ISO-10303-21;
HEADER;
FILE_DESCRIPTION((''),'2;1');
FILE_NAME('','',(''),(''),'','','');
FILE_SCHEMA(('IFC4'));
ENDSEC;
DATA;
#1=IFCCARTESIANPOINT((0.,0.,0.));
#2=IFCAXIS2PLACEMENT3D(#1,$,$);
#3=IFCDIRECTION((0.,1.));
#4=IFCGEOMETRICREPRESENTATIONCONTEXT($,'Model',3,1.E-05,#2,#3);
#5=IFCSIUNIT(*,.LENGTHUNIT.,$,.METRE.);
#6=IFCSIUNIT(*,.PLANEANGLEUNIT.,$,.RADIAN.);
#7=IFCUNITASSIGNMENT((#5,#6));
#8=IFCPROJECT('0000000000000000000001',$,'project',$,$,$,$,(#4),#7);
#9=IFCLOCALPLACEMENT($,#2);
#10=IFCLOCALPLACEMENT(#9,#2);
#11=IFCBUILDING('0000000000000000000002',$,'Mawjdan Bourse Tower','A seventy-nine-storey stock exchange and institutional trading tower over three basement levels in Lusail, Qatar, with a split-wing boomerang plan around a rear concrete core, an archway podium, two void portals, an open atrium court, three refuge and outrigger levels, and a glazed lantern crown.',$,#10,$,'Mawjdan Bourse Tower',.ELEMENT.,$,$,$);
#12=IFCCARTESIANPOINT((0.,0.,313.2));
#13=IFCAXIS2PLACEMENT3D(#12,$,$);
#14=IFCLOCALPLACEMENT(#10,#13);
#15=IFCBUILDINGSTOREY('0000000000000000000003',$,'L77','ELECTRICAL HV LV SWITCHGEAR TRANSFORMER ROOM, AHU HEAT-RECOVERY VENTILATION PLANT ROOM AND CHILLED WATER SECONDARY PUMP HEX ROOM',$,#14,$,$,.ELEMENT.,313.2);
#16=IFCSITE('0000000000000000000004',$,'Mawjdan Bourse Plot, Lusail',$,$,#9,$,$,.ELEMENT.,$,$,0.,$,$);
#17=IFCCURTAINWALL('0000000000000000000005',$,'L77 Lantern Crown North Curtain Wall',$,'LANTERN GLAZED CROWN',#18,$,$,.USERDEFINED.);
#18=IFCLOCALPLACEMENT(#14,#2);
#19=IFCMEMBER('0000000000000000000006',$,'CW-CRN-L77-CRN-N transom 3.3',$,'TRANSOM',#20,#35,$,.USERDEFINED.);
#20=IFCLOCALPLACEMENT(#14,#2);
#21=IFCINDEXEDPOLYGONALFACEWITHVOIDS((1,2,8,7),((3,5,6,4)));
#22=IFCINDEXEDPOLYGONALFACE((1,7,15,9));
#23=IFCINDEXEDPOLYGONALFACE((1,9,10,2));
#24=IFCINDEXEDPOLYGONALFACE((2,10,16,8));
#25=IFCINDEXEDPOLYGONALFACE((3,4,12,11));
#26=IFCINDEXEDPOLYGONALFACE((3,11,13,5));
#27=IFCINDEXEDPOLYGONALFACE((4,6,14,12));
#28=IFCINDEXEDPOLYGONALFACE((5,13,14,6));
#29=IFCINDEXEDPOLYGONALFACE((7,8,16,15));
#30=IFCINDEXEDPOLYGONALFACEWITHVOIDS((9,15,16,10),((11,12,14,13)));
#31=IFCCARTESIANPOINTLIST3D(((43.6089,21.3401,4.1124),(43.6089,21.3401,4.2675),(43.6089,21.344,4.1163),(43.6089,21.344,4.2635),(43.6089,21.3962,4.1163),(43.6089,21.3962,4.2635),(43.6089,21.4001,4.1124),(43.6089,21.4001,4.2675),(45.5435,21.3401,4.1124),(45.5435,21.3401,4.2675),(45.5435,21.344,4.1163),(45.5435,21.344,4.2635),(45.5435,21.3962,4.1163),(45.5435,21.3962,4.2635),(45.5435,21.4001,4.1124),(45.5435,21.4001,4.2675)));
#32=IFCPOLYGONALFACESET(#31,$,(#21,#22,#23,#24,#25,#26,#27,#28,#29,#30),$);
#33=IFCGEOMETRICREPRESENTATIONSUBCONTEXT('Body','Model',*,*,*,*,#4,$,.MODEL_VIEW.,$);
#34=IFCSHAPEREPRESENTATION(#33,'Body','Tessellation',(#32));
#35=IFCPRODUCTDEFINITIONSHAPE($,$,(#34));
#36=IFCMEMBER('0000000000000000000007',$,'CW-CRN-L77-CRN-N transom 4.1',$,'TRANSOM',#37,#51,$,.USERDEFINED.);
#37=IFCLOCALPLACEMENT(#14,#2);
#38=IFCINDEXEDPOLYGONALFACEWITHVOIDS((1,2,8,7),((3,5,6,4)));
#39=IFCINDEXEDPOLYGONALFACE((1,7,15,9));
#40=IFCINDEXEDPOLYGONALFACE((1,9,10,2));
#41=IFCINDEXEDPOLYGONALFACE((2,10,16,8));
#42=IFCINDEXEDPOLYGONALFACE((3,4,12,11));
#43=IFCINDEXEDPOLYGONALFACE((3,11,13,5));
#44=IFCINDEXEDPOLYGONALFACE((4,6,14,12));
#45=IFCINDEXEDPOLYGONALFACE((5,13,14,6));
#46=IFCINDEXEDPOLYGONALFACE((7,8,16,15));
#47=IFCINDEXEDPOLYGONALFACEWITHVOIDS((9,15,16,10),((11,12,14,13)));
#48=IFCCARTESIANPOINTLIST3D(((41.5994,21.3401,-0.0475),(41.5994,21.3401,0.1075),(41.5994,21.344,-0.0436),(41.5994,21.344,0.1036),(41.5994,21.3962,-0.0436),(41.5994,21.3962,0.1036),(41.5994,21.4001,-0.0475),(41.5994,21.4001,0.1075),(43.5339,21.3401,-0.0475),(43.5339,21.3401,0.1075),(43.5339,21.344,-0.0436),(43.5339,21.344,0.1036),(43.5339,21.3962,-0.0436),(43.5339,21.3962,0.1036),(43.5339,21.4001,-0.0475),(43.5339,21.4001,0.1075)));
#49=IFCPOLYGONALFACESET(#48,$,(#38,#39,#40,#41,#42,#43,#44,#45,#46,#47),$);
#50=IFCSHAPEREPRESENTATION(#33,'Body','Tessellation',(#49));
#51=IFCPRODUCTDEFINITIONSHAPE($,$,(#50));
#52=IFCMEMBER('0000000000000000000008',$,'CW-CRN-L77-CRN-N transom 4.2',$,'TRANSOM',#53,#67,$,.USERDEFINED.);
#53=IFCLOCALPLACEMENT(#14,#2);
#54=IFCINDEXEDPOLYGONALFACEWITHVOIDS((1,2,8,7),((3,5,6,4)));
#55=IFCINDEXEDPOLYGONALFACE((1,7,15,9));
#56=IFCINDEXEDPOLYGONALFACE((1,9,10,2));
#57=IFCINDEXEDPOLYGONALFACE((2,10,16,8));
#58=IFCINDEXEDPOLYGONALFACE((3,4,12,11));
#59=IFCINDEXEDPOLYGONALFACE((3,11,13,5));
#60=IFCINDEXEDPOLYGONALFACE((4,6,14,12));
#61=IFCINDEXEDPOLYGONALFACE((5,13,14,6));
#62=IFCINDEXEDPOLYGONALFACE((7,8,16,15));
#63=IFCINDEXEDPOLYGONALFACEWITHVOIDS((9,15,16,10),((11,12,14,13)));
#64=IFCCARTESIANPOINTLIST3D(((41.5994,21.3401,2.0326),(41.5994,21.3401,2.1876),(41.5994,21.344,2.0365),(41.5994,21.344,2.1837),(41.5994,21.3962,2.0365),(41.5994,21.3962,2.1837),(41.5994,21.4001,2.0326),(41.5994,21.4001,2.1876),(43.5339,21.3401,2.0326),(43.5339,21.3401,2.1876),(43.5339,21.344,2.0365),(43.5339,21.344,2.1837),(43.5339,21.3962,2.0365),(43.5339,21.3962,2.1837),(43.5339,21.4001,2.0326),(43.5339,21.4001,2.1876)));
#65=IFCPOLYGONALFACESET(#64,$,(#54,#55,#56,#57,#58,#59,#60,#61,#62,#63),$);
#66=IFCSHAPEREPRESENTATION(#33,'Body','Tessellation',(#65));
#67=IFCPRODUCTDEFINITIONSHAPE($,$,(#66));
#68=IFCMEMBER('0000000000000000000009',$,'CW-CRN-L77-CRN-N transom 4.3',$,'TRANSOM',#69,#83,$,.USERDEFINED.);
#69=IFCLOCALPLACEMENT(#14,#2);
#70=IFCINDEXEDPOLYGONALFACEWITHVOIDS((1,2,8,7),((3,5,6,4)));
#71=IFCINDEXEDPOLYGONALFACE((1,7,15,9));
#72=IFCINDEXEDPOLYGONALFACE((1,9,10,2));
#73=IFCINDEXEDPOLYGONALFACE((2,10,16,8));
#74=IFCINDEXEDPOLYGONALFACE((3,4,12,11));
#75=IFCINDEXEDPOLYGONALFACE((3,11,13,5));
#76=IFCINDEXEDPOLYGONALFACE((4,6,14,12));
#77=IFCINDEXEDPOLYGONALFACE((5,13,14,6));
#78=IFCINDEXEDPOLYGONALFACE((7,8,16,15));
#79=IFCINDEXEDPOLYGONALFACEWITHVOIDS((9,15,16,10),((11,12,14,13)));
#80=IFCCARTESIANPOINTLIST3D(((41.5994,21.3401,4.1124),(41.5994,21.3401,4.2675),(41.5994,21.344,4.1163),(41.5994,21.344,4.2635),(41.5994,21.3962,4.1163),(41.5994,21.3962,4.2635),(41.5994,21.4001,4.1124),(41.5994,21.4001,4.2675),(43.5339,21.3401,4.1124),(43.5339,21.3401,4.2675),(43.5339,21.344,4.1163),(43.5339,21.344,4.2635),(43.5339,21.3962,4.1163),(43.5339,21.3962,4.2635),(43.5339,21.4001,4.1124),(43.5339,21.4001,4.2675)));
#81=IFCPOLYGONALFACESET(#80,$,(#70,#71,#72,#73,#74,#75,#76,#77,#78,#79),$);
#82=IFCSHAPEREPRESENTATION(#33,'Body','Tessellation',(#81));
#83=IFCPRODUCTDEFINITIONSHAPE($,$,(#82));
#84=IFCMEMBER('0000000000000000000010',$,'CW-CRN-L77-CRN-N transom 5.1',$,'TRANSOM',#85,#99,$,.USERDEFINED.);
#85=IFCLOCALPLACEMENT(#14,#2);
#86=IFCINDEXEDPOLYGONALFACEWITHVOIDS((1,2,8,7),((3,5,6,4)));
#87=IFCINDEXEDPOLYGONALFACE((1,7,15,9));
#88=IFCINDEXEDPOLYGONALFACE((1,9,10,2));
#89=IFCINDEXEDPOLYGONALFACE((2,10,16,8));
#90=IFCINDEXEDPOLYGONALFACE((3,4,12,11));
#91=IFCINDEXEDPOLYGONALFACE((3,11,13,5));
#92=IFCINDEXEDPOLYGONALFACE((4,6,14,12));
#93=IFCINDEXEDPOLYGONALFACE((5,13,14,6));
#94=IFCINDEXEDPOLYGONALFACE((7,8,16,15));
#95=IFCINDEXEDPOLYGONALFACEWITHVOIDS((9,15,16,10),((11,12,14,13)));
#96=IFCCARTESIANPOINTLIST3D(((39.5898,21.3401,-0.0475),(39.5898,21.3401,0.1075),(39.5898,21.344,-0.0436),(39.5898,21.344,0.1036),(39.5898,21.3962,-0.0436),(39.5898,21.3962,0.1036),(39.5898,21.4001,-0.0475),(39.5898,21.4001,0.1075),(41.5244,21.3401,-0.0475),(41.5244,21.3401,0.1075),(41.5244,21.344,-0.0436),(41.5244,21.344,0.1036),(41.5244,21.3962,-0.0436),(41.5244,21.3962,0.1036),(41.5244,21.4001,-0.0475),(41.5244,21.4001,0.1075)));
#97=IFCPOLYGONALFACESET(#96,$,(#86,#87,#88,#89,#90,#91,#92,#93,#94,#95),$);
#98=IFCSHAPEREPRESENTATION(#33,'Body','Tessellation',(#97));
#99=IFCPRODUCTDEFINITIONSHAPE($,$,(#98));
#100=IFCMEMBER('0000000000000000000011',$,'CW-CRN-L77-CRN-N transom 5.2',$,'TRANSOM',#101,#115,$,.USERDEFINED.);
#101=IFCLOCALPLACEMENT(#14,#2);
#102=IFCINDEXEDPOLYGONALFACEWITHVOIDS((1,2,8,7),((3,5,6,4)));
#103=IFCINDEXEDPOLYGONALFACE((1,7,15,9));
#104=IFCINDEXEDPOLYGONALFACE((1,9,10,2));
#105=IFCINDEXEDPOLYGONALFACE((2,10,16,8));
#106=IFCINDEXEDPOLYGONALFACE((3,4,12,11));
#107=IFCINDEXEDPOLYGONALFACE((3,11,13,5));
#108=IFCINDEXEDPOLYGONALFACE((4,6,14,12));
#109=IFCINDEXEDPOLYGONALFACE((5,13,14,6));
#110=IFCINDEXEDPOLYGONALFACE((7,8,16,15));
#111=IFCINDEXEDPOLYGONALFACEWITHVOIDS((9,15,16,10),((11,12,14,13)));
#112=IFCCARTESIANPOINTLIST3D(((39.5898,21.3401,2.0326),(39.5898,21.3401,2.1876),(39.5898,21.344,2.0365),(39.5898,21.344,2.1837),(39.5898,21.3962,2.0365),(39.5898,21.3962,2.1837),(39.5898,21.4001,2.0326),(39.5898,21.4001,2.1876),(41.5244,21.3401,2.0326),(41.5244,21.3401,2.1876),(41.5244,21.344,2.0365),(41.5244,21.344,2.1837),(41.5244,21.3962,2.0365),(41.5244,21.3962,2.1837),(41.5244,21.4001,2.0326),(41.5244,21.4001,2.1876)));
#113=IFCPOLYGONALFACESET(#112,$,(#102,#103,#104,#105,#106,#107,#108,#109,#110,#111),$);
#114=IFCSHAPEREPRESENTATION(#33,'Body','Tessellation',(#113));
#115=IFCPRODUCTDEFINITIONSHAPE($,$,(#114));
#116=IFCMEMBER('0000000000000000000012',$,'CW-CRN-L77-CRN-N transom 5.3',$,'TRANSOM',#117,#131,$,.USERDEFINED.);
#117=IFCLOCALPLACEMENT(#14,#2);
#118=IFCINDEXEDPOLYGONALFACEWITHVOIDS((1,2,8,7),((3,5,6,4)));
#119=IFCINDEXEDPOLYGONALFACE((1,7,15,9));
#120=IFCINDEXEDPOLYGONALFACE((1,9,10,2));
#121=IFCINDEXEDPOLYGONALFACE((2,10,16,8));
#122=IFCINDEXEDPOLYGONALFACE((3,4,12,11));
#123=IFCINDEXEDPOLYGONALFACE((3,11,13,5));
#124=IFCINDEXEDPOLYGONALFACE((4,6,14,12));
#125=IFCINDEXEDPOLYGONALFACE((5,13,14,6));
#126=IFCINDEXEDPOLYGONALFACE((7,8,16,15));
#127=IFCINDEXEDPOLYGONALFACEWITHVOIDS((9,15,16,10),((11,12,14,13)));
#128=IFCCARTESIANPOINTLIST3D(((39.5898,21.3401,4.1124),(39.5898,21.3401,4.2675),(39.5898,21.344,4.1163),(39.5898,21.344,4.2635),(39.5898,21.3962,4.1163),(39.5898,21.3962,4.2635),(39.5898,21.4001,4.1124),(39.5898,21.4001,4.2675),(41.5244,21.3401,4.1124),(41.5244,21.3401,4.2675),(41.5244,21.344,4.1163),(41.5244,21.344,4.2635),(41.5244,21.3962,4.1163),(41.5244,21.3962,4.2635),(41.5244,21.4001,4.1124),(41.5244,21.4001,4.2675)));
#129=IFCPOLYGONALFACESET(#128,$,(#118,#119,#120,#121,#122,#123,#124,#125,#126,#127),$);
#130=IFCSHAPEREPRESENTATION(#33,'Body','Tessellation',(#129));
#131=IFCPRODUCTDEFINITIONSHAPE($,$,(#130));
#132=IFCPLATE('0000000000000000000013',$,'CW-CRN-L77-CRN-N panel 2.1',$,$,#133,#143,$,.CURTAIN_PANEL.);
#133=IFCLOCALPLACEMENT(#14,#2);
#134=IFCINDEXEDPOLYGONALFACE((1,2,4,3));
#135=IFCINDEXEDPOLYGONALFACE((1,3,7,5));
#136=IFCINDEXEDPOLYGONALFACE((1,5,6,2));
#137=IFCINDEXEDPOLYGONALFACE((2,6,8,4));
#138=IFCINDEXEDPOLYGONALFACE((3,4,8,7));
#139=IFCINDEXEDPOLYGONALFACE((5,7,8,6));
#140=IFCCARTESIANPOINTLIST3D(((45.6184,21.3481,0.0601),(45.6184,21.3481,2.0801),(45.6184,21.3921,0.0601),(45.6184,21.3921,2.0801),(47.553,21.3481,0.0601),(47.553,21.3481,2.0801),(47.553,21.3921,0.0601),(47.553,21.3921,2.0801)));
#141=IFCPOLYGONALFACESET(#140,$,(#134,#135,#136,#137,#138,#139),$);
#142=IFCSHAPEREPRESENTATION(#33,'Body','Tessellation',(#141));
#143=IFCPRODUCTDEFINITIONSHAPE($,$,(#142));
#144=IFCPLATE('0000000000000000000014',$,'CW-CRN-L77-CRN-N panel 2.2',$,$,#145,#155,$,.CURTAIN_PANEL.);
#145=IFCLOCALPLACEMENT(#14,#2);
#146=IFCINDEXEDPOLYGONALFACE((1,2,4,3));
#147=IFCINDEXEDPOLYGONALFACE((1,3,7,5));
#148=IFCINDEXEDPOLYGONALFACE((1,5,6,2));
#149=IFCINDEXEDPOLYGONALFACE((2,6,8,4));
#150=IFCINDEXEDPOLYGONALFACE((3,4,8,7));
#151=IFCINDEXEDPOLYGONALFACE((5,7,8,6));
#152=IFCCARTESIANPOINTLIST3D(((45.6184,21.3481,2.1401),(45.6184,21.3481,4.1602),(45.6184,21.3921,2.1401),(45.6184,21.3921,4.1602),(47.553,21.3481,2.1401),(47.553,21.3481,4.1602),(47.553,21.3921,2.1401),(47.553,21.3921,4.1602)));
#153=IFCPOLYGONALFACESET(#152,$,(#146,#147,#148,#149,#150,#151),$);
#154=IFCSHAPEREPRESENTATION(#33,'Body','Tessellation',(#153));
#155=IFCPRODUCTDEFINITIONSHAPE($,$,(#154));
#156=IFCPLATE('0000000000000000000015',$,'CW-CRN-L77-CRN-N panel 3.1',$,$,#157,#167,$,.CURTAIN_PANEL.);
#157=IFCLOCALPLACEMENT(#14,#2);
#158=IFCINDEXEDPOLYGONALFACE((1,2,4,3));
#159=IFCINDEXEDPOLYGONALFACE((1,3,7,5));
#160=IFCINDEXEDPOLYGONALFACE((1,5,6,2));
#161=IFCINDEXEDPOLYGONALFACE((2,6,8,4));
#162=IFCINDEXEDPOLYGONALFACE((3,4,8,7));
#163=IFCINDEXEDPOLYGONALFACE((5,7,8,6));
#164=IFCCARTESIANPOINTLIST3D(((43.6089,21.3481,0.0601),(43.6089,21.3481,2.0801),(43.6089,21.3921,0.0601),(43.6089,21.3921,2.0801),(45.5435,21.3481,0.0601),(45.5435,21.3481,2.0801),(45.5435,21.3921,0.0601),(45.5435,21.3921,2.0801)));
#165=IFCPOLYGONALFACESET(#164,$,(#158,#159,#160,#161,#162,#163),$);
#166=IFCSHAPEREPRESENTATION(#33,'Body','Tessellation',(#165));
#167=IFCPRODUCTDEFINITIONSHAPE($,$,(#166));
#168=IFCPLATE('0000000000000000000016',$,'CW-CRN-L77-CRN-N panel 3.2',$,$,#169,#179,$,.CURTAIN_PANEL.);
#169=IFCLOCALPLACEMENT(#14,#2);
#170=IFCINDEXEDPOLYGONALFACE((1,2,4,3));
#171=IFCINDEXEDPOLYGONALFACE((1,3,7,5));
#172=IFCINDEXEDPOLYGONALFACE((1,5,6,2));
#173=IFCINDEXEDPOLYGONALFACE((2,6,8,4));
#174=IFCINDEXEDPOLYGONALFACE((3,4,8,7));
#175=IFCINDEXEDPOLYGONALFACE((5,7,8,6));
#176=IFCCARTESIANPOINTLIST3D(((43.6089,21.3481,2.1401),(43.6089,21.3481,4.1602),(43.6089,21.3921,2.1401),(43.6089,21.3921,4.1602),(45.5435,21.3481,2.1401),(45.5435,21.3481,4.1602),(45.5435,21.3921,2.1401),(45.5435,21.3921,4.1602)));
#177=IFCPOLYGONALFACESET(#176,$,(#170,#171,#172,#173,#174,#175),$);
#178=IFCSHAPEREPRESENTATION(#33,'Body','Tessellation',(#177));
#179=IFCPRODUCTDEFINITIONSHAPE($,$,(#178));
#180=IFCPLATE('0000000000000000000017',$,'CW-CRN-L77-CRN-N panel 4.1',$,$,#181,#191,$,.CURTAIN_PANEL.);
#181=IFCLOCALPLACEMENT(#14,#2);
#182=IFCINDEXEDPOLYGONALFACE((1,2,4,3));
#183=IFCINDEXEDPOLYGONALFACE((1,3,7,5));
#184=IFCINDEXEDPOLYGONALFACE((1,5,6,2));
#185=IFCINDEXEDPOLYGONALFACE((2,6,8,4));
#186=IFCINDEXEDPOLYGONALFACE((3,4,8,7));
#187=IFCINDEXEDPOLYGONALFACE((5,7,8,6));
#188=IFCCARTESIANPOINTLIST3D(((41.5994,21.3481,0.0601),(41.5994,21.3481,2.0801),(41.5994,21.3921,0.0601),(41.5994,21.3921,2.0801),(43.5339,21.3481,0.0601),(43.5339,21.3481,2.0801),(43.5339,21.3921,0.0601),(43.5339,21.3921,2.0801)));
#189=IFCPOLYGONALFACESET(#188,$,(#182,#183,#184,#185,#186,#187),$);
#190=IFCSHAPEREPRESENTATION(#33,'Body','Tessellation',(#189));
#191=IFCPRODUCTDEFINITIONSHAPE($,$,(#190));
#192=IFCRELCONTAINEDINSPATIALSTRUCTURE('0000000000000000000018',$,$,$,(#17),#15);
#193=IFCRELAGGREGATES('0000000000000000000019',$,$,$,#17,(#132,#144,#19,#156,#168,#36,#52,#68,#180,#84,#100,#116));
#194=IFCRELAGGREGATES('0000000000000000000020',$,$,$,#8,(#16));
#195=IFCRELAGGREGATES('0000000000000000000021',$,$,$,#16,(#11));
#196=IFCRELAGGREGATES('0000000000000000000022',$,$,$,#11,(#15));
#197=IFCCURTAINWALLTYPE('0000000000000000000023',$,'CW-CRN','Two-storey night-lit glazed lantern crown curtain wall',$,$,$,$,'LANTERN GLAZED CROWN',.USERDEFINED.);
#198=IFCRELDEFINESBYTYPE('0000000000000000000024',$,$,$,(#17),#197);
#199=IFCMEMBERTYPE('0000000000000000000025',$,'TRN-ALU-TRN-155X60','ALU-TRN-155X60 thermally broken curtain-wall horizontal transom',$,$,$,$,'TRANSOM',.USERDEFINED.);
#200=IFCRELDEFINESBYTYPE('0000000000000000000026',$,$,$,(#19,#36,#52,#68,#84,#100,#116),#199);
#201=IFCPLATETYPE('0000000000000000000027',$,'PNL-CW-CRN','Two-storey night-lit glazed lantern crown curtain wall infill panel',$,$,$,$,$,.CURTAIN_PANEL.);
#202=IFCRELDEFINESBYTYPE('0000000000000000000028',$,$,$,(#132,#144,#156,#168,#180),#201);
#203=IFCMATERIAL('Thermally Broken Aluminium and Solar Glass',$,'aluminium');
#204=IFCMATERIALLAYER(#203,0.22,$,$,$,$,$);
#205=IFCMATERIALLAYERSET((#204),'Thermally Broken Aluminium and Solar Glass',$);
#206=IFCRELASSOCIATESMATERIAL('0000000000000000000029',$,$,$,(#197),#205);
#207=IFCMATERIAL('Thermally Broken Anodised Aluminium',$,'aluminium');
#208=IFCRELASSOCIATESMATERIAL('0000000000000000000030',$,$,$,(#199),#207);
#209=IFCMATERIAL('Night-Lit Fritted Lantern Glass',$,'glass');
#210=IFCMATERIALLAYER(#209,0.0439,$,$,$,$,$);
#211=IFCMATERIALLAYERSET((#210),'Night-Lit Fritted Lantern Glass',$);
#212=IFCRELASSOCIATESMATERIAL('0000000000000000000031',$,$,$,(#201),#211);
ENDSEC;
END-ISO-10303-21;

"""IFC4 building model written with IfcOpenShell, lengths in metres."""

from ifc_helpers import new_model, si_unit, direction, frame, origin, origin_2d, place, context, subcontext, project, spatial, rectangle, hollow_rectangle, extrude, material, layer, layer_set, material_profile, profile_set, type_object, element, aggregate, save


model = new_model("IFC4")

# Units and contexts
model_context = context("Model", 3, precision=1e-05, world=origin(), true_north=direction((0.0, 1.0)))
body_context = subcontext(model_context, "Body", "Model", "MODEL_VIEW")
ifc_project = project(units=[si_unit("LENGTHUNIT", "METRE"), si_unit("PLANEANGLEUNIT", "RADIAN")], contexts=[model_context])

# Site, building, storey
site_placement = place(None, origin())
site = spatial("IfcSite", under=ifc_project, at=site_placement, Name="Mawjdan Bourse Plot, Lusail", CompositionType="ELEMENT", RefElevation=0.0)
building_placement = place(site_placement, origin())
building = spatial("IfcBuilding", under=site, at=building_placement, Name="Mawjdan Bourse Tower", Description="A seventy-nine-storey stock exchange and institutional trading tower over three basement levels in Lusail, Qatar, with a split-wing boomerang plan around a rear concrete core, an archway podium, two void portals, an open atrium court, three refuge and outrigger levels, and a glazed lantern crown.", LongName="Mawjdan Bourse Tower", CompositionType="ELEMENT")
storey_placement = place(building_placement, frame((0.0, 0.0, 313.2)))
storey = spatial("IfcBuildingStorey", under=building, at=storey_placement, Name="L77", Description="ELECTRICAL HV LV SWITCHGEAR TRANSFORMER ROOM, AHU HEAT-RECOVERY VENTILATION PLANT ROOM AND CHILLED WATER SECONDARY PUMP HEX ROOM", CompositionType="ELEMENT", Elevation=313.2)

# Curtain wall
ifc_material_1 = material(Name="Thermally Broken Aluminium and Solar Glass", Category="aluminium")
ifc_layer_1 = layer(ifc_material_1, 0.22)
ifc_layer_set_1 = layer_set([ifc_layer_1], Name="Thermally Broken Aluminium and Solar Glass")
curtain_wall_type = type_object("IfcCurtainWallType", Name="CW-CRN", Description="Two-storey night-lit glazed lantern crown curtain wall", ElementType="LANTERN GLAZED CROWN", PredefinedType="USERDEFINED", material=ifc_layer_set_1)
curtain_wall_placement = place(storey_placement, origin())
curtain_wall = element("IfcCurtainWall", 1, at=curtain_wall_placement, inside=storey, type_object=curtain_wall_type, Name="L77 Lantern Crown North Curtain Wall", ObjectType="LANTERN GLAZED CROWN", PredefinedType="USERDEFINED")
ifc_material_2 = material(Name="Thermally Broken Anodised Aluminium", Category="aluminium")

# Members
ifc_material_profile_1 = material_profile(ifc_material_2, hollow_rectangle(XDim=0.0601, YDim=0.155, WallThickness=0.0039, at=origin_2d()), Name="ALU-TRN-155X60")
ifc_profile_set_1 = profile_set([ifc_material_profile_1], Name="Thermally Broken Anodised Aluminium")
member_type_1 = type_object("IfcMemberType", Name="TRN-ALU-TRN-155X60", Description="ALU-TRN-155X60 thermally broken curtain-wall horizontal transom", ElementType="TRANSOM", PredefinedType="USERDEFINED", material=ifc_profile_set_1)
member_1_placement = place(storey_placement, frame((45.5435, 21.3701, 4.1899), z_axis=(-1.0, 0.0, 0.0), x_axis=(0.0, -1.0, 0.0)))
member_1 = element("IfcMember", 2, at=member_1_placement, type_object=member_type_1, Name="CW-CRN-L77-CRN-N transom 3.3", ObjectType="TRANSOM", PredefinedType="USERDEFINED", context=body_context, shape_type="SweptSolid", body=[
    extrude(hollow_rectangle(XDim=0.0601, YDim=0.155, WallThickness=0.0039, at=origin_2d()), origin(), (0.0, 0.0, 1.0), 1.9346),
])
member_2_placement = place(storey_placement, frame((43.5339, 21.3701, 0.03), z_axis=(-1.0, 0.0, 0.0), x_axis=(0.0, -1.0, 0.0)))
member_2 = element("IfcMember", 3, at=member_2_placement, type_object=member_type_1, Name="CW-CRN-L77-CRN-N transom 4.1", ObjectType="TRANSOM", PredefinedType="USERDEFINED", context=body_context, shape_type="SweptSolid", body=[
    extrude(hollow_rectangle(XDim=0.0601, YDim=0.155, WallThickness=0.0039, at=origin_2d()), origin(), (0.0, 0.0, 1.0), 1.9346),
])
member_3_placement = place(storey_placement, frame((43.5339, 21.3701, 2.1101), z_axis=(-1.0, 0.0, 0.0), x_axis=(0.0, -1.0, 0.0)))
member_3 = element("IfcMember", 4, at=member_3_placement, type_object=member_type_1, Name="CW-CRN-L77-CRN-N transom 4.2", ObjectType="TRANSOM", PredefinedType="USERDEFINED", context=body_context, shape_type="SweptSolid", body=[
    extrude(hollow_rectangle(XDim=0.0601, YDim=0.155, WallThickness=0.0039, at=origin_2d()), origin(), (0.0, 0.0, 1.0), 1.9346),
])
member_4_placement = place(storey_placement, frame((43.5339, 21.3701, 4.1899), z_axis=(-1.0, 0.0, 0.0), x_axis=(0.0, -1.0, 0.0)))
member_4 = element("IfcMember", 5, at=member_4_placement, type_object=member_type_1, Name="CW-CRN-L77-CRN-N transom 4.3", ObjectType="TRANSOM", PredefinedType="USERDEFINED", context=body_context, shape_type="SweptSolid", body=[
    extrude(hollow_rectangle(XDim=0.0601, YDim=0.155, WallThickness=0.0039, at=origin_2d()), origin(), (0.0, 0.0, 1.0), 1.9346),
])
member_5_placement = place(storey_placement, frame((41.5244, 21.3701, 0.03), z_axis=(-1.0, 0.0, 0.0), x_axis=(0.0, -1.0, 0.0)))
member_5 = element("IfcMember", 6, at=member_5_placement, type_object=member_type_1, Name="CW-CRN-L77-CRN-N transom 5.1", ObjectType="TRANSOM", PredefinedType="USERDEFINED", context=body_context, shape_type="SweptSolid", body=[
    extrude(hollow_rectangle(XDim=0.0601, YDim=0.155, WallThickness=0.0039, at=origin_2d()), origin(), (0.0, 0.0, 1.0), 1.9346),
])
member_6_placement = place(storey_placement, frame((41.5244, 21.3701, 2.1101), z_axis=(-1.0, 0.0, 0.0), x_axis=(0.0, -1.0, 0.0)))
member_6 = element("IfcMember", 7, at=member_6_placement, type_object=member_type_1, Name="CW-CRN-L77-CRN-N transom 5.2", ObjectType="TRANSOM", PredefinedType="USERDEFINED", context=body_context, shape_type="SweptSolid", body=[
    extrude(hollow_rectangle(XDim=0.0601, YDim=0.155, WallThickness=0.0039, at=origin_2d()), origin(), (0.0, 0.0, 1.0), 1.9346),
])
member_7_placement = place(storey_placement, frame((41.5244, 21.3701, 4.1899), z_axis=(-1.0, 0.0, 0.0), x_axis=(0.0, -1.0, 0.0)))
member_7 = element("IfcMember", 8, at=member_7_placement, type_object=member_type_1, Name="CW-CRN-L77-CRN-N transom 5.3", ObjectType="TRANSOM", PredefinedType="USERDEFINED", context=body_context, shape_type="SweptSolid", body=[
    extrude(hollow_rectangle(XDim=0.0601, YDim=0.155, WallThickness=0.0039, at=origin_2d()), origin(), (0.0, 0.0, 1.0), 1.9346),
])

# Plates
ifc_material_3 = material(Name="Night-Lit Fritted Lantern Glass", Category="glass")
ifc_layer_2 = layer(ifc_material_3, 0.0439)
ifc_layer_set_2 = layer_set([ifc_layer_2], Name="Night-Lit Fritted Lantern Glass")
plate_type = type_object("IfcPlateType", Name="PNL-CW-CRN", Description="Two-storey night-lit glazed lantern crown curtain wall infill panel", PredefinedType="CURTAIN_PANEL", material=ifc_layer_set_2)
plate_1_placement = place(storey_placement, frame((46.5857, 21.3701, 0.0601), z_axis=(0.0, 0.0, 1.0), x_axis=(-1.0, 0.0, 0.0)))
plate_1 = element("IfcPlate", 9, at=plate_1_placement, type_object=plate_type, Name="CW-CRN-L77-CRN-N panel 2.1", PredefinedType="CURTAIN_PANEL", context=body_context, shape_type="SweptSolid", body=[
    extrude(rectangle(XDim=1.9346, YDim=0.0439, at=origin_2d()), origin(), (0.0, 0.0, 1.0), 2.02),
])
plate_2_placement = place(storey_placement, frame((46.5857, 21.3701, 2.1401), z_axis=(0.0, 0.0, 1.0), x_axis=(-1.0, 0.0, 0.0)))
plate_2 = element("IfcPlate", 10, at=plate_2_placement, type_object=plate_type, Name="CW-CRN-L77-CRN-N panel 2.2", PredefinedType="CURTAIN_PANEL", context=body_context, shape_type="SweptSolid", body=[
    extrude(rectangle(XDim=1.9346, YDim=0.0439, at=origin_2d()), origin(), (0.0, 0.0, 1.0), 2.02),
])
plate_3_placement = place(storey_placement, frame((44.5762, 21.3701, 0.0601), z_axis=(0.0, 0.0, 1.0), x_axis=(-1.0, 0.0, 0.0)))
plate_3 = element("IfcPlate", 11, at=plate_3_placement, type_object=plate_type, Name="CW-CRN-L77-CRN-N panel 3.1", PredefinedType="CURTAIN_PANEL", context=body_context, shape_type="SweptSolid", body=[
    extrude(rectangle(XDim=1.9346, YDim=0.0439, at=origin_2d()), origin(), (0.0, 0.0, 1.0), 2.02),
])
plate_4_placement = place(storey_placement, frame((44.5762, 21.3701, 2.1401), z_axis=(0.0, 0.0, 1.0), x_axis=(-1.0, 0.0, 0.0)))
plate_4 = element("IfcPlate", 12, at=plate_4_placement, type_object=plate_type, Name="CW-CRN-L77-CRN-N panel 3.2", PredefinedType="CURTAIN_PANEL", context=body_context, shape_type="SweptSolid", body=[
    extrude(rectangle(XDim=1.9346, YDim=0.0439, at=origin_2d()), origin(), (0.0, 0.0, 1.0), 2.02),
])
plate_5_placement = place(storey_placement, frame((42.5667, 21.3701, 0.0601), z_axis=(0.0, 0.0, 1.0), x_axis=(-1.0, 0.0, 0.0)))
plate_5 = element("IfcPlate", 13, at=plate_5_placement, type_object=plate_type, Name="CW-CRN-L77-CRN-N panel 4.1", PredefinedType="CURTAIN_PANEL", context=body_context, shape_type="SweptSolid", body=[
    extrude(rectangle(XDim=1.9346, YDim=0.0439, at=origin_2d()), origin(), (0.0, 0.0, 1.0), 2.02),
])
aggregate(curtain_wall, [plate_1, plate_2, member_1, plate_3, plate_4, member_2, member_3, member_4, plate_5, member_5, member_6, member_7])

save(model, "model.ifc")
